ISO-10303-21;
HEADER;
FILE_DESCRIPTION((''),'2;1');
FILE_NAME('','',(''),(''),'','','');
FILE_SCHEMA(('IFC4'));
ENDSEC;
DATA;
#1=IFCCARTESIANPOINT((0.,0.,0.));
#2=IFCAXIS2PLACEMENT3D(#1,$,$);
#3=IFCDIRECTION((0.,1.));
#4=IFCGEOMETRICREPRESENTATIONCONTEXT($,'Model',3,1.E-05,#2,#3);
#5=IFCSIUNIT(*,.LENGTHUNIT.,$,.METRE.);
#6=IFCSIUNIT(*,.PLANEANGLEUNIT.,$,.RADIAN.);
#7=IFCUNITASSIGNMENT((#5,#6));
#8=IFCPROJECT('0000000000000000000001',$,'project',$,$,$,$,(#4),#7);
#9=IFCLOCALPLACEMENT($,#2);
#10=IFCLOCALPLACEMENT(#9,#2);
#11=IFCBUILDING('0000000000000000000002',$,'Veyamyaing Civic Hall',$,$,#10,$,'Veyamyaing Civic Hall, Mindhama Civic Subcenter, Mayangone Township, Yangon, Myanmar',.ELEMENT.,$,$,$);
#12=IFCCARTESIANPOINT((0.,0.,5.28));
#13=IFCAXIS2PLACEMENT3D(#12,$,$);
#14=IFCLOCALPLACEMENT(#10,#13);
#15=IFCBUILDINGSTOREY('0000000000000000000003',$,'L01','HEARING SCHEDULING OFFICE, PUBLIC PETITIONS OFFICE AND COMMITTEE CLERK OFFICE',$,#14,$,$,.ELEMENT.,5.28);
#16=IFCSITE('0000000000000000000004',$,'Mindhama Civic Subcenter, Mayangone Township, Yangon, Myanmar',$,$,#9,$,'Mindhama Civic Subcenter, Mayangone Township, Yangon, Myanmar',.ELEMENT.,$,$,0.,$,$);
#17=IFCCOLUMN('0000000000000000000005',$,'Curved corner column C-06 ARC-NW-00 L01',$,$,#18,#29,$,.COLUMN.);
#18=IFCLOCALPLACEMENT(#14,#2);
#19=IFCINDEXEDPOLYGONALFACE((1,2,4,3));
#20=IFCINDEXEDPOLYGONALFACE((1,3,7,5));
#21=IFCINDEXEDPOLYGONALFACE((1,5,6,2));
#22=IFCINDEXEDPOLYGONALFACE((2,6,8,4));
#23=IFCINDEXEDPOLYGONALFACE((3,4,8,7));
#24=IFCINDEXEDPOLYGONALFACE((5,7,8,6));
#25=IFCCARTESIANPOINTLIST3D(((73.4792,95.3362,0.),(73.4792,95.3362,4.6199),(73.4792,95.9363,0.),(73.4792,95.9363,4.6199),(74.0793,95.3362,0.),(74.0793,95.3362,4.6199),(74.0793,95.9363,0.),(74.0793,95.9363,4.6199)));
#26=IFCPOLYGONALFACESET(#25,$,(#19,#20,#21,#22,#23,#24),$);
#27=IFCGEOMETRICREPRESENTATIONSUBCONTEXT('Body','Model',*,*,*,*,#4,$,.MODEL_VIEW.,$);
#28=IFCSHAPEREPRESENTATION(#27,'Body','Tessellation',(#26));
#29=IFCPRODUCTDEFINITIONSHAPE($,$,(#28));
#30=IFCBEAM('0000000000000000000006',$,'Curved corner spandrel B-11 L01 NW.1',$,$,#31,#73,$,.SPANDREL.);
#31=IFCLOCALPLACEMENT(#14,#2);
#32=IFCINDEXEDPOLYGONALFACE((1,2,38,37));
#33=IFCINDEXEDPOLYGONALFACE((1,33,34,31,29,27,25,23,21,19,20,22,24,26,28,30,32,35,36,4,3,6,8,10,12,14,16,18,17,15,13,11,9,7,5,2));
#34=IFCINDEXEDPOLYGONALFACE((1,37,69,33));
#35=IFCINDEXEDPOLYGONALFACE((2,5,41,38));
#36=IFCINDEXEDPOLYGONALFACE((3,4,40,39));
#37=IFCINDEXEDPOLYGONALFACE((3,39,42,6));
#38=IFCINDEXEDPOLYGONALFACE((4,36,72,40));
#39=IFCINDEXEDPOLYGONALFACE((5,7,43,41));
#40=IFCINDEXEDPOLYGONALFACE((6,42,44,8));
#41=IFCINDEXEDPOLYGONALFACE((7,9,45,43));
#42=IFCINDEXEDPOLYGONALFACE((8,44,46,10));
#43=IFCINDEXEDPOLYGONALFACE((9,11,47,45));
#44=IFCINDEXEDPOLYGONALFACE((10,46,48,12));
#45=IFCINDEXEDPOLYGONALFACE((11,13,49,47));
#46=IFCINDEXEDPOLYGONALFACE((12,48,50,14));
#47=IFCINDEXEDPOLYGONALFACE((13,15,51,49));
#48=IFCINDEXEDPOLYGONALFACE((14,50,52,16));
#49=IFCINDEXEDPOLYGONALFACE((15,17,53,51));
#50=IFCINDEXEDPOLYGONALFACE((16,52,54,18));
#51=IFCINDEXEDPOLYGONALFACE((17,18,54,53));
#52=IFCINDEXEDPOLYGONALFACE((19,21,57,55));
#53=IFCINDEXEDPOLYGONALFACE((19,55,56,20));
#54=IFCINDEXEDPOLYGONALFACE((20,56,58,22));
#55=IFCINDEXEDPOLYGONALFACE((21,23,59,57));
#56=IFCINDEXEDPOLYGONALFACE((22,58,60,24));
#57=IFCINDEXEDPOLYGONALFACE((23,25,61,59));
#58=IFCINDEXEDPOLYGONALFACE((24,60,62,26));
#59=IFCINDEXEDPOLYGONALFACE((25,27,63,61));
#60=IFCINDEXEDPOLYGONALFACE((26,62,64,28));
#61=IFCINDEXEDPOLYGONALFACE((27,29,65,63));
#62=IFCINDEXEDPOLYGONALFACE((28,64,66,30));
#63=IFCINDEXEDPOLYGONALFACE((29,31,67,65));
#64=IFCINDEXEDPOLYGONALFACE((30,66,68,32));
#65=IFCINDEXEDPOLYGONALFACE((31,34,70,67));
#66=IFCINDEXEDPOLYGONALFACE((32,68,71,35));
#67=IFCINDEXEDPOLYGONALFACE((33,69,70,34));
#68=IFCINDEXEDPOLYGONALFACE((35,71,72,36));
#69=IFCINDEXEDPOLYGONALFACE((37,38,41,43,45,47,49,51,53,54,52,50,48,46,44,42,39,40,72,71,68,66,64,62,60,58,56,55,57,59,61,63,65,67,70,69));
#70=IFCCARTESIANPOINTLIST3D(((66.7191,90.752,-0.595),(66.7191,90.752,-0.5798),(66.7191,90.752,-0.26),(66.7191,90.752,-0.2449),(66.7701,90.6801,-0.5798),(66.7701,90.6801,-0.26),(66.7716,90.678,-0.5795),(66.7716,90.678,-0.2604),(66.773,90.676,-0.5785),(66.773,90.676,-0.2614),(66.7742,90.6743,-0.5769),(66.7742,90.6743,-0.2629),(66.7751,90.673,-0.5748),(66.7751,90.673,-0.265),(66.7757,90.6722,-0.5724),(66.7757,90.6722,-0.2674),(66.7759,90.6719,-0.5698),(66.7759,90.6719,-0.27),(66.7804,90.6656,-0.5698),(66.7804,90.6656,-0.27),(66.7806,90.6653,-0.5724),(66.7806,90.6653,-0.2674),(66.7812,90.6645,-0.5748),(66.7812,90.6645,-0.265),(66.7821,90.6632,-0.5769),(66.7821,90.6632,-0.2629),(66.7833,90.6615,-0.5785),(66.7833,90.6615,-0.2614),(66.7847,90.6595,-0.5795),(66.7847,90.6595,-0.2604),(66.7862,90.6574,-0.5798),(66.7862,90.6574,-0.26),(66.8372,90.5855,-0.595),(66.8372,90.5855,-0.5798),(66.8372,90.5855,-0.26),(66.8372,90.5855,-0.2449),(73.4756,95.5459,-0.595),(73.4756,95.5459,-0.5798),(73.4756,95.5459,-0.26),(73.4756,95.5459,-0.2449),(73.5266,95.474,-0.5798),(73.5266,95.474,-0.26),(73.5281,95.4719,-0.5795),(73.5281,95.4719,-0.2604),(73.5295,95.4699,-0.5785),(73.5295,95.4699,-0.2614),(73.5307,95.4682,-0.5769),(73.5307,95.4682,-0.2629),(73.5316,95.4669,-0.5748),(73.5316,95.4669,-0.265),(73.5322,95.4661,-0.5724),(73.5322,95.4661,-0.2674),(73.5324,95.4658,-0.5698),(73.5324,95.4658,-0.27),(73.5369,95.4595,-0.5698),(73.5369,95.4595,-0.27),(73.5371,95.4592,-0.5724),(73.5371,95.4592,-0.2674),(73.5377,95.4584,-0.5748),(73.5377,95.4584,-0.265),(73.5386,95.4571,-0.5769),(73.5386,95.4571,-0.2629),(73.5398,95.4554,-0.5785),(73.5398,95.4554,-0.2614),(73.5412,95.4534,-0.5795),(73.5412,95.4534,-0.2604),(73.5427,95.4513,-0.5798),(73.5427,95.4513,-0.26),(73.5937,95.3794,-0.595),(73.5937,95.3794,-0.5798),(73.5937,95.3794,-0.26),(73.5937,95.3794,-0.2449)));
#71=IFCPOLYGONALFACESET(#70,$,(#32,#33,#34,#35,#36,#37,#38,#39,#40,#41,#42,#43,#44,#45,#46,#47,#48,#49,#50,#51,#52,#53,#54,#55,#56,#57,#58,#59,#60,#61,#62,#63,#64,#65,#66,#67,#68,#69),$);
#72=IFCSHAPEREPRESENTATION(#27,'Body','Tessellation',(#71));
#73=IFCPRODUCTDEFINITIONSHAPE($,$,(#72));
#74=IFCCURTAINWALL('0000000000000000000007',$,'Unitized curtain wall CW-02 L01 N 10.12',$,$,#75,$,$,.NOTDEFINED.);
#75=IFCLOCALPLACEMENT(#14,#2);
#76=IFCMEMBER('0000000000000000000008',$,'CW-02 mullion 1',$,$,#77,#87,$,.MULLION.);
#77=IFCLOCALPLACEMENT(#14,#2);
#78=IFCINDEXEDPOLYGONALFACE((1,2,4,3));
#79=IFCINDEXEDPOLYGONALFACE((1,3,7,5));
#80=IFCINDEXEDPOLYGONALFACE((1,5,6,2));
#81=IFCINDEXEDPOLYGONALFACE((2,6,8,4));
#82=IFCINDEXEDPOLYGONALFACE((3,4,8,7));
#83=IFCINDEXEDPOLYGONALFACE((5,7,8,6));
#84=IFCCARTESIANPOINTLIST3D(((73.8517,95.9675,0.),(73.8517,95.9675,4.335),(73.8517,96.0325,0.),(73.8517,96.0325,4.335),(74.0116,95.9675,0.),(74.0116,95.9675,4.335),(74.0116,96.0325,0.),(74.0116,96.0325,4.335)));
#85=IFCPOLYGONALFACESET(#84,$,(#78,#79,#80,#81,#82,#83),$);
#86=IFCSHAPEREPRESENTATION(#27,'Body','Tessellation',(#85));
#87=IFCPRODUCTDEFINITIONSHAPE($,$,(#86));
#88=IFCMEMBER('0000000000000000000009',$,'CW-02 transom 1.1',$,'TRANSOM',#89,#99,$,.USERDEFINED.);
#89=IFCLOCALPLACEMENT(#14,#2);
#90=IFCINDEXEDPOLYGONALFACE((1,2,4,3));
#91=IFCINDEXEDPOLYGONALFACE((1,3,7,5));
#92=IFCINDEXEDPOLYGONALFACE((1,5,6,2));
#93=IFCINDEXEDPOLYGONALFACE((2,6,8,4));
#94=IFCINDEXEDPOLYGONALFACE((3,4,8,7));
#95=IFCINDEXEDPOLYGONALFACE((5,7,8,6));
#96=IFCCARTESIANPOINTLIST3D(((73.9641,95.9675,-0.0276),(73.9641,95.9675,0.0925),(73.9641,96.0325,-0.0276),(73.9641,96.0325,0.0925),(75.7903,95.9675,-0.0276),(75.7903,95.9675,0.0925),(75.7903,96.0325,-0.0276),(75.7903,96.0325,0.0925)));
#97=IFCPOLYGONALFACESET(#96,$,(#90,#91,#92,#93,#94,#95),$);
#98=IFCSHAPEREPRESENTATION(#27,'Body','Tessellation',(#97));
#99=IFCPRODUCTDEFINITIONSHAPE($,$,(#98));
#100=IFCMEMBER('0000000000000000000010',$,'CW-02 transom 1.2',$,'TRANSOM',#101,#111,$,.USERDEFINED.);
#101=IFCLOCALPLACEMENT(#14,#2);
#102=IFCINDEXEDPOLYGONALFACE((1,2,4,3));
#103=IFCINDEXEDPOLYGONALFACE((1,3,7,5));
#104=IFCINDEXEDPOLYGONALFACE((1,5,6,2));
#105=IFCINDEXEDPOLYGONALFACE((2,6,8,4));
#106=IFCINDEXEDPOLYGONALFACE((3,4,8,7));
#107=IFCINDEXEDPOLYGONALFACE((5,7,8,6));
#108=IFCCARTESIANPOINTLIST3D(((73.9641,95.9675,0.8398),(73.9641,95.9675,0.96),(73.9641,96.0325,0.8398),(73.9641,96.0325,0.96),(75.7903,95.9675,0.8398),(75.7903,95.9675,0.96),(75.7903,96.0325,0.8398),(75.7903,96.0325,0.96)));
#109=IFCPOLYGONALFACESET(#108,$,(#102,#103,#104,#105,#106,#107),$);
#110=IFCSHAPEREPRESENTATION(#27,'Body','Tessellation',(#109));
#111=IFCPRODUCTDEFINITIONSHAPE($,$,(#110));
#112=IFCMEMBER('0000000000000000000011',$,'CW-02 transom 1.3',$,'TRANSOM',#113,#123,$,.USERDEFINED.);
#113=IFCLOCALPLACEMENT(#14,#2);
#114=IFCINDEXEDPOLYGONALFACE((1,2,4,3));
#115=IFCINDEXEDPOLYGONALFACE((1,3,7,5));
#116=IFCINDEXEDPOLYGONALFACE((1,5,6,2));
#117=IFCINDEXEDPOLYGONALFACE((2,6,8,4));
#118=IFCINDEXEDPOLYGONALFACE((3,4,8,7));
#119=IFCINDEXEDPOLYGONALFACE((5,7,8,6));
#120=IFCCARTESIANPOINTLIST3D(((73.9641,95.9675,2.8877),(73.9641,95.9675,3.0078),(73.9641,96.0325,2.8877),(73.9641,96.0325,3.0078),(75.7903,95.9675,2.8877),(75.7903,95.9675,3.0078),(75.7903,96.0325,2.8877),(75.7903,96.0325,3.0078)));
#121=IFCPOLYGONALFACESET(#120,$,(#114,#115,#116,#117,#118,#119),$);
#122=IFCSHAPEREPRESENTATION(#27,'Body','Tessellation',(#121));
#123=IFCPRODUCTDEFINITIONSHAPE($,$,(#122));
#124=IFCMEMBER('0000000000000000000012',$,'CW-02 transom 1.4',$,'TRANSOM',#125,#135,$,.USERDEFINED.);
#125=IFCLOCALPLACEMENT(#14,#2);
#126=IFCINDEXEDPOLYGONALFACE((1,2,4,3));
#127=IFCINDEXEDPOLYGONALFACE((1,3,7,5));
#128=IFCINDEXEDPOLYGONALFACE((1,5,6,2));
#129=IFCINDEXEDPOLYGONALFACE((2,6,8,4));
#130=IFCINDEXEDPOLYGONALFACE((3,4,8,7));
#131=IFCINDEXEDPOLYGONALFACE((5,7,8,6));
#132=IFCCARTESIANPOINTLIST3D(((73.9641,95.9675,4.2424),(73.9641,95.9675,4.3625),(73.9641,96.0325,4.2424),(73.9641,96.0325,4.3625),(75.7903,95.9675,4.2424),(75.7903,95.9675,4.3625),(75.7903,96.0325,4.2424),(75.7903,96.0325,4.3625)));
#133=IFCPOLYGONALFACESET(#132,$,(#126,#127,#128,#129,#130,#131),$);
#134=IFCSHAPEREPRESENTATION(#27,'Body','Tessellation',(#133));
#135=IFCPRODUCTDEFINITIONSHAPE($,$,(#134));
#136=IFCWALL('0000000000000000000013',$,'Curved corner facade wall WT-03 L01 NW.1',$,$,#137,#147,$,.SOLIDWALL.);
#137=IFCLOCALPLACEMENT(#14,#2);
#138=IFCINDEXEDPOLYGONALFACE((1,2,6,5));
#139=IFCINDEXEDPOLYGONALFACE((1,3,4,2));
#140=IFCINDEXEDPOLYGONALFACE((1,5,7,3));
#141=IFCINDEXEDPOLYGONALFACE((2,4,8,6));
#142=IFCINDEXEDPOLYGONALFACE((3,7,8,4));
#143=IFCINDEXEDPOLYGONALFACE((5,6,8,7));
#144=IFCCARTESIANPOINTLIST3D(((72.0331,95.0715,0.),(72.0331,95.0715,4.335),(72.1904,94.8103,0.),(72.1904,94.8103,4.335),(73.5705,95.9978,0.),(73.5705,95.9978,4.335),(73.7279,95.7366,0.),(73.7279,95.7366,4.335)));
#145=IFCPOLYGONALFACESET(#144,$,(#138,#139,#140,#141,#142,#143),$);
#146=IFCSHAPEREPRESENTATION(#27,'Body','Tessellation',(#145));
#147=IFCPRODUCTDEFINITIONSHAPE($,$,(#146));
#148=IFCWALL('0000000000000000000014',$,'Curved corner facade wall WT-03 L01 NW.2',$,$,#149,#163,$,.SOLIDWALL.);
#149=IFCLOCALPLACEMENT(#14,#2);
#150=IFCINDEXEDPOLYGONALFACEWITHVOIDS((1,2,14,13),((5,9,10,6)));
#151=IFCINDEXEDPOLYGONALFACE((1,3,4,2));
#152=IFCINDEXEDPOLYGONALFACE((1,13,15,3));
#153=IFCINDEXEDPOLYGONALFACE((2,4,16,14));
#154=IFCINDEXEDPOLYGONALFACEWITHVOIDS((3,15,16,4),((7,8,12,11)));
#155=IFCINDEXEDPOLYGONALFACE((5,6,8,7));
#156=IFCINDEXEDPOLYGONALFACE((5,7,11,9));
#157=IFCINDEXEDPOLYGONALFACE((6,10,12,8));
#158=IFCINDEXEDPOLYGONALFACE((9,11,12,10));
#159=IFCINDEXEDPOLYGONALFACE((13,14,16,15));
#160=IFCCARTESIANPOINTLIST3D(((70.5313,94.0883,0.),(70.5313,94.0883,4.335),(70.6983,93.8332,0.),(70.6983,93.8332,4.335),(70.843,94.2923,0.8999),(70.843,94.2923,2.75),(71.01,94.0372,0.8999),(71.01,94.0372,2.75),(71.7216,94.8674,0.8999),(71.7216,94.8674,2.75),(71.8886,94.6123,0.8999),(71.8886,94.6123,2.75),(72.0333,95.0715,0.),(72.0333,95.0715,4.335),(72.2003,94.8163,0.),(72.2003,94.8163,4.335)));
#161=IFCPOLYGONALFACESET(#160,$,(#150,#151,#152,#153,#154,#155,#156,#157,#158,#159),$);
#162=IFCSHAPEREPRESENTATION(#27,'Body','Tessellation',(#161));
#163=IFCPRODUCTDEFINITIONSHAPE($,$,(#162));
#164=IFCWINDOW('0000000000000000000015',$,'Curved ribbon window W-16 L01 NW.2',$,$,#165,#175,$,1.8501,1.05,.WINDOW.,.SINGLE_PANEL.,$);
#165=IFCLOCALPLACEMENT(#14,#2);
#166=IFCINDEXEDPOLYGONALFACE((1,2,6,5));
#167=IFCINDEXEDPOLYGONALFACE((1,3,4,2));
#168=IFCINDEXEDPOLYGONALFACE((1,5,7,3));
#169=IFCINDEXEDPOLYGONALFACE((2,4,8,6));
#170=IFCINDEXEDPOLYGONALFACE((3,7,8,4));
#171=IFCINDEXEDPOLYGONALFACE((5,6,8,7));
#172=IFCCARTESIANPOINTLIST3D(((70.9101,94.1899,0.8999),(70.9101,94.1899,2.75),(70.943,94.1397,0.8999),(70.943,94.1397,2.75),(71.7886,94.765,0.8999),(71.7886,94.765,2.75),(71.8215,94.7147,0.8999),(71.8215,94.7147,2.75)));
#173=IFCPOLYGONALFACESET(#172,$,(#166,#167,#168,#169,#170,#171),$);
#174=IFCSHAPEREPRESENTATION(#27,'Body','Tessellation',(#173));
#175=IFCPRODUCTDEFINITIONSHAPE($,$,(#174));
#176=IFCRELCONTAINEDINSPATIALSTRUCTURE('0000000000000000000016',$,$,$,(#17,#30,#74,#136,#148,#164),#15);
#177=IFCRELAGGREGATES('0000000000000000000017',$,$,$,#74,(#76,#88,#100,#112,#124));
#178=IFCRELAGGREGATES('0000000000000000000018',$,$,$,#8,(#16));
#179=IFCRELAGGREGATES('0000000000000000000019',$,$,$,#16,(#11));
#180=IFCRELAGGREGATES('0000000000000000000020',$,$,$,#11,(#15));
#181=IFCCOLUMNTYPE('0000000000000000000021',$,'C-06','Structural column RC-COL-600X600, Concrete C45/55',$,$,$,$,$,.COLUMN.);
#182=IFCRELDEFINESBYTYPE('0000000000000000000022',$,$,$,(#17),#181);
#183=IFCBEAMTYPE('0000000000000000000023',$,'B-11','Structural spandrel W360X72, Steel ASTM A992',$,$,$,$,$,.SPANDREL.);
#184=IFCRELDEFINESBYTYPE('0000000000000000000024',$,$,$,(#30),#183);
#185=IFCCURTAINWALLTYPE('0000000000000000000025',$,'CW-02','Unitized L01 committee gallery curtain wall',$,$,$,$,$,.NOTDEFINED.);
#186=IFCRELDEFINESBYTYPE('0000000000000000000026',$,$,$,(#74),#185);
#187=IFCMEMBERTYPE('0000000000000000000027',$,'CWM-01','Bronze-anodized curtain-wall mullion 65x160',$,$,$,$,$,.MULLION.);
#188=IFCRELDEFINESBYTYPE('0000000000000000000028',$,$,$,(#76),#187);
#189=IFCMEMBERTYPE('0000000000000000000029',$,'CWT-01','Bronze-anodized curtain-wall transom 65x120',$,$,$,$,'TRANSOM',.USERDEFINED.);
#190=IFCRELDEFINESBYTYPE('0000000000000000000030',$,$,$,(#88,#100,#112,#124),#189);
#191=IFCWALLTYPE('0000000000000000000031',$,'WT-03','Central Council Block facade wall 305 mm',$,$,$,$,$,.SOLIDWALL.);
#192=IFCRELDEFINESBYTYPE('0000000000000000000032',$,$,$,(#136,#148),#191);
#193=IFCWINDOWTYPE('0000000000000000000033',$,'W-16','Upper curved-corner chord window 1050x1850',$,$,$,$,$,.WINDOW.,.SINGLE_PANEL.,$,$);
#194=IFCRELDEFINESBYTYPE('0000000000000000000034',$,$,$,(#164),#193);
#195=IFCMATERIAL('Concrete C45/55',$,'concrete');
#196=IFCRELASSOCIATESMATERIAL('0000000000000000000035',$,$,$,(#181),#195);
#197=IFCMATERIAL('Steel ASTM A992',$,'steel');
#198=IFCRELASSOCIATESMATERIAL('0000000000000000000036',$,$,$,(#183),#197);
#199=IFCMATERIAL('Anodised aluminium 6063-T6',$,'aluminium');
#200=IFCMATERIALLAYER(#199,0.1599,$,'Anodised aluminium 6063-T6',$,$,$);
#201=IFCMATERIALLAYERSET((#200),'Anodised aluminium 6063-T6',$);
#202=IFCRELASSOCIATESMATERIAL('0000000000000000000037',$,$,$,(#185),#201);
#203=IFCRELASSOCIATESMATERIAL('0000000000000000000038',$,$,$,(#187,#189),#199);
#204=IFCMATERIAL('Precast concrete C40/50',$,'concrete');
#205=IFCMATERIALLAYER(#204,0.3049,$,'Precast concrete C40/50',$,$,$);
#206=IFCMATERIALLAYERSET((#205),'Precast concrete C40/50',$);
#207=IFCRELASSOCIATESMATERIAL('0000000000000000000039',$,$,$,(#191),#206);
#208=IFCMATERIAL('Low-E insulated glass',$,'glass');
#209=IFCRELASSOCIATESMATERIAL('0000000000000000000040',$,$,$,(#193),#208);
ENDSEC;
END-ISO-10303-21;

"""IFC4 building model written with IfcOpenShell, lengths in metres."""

from ifc_helpers import new_model, si_unit, direction, frame, frame_2d, origin, origin_2d, place, context, subcontext, project, spatial, rectangle, i_section, extrude, material, layer, layer_set, material_profile, profile_set, type_object, element, fill, aggregate, save


model = new_model("IFC4")

# Units and contexts
model_context = context("Model", 3, precision=1e-05, world=origin(), true_north=direction((0.0, 1.0)))
body_context = subcontext(model_context, "Body", "Model", "MODEL_VIEW")
ifc_project = project(units=[si_unit("LENGTHUNIT", "METRE"), si_unit("PLANEANGLEUNIT", "RADIAN")], contexts=[model_context])

# Site, building, storey
site_placement = place(None, origin())
site = spatial("IfcSite", under=ifc_project, at=site_placement, Name="Mindhama Civic Subcenter, Mayangone Township, Yangon, Myanmar", LongName="Mindhama Civic Subcenter, Mayangone Township, Yangon, Myanmar", CompositionType="ELEMENT", RefElevation=0.0)
building_placement = place(site_placement, origin())
building = spatial("IfcBuilding", under=site, at=building_placement, Name="Veyamyaing Civic Hall", LongName="Veyamyaing Civic Hall, Mindhama Civic Subcenter, Mayangone Township, Yangon, Myanmar", CompositionType="ELEMENT")
storey_placement = place(building_placement, frame((0.0, 0.0, 5.28)))
storey = spatial("IfcBuildingStorey", under=building, at=storey_placement, Name="L01", Description="HEARING SCHEDULING OFFICE, PUBLIC PETITIONS OFFICE AND COMMITTEE CLERK OFFICE", CompositionType="ELEMENT", Elevation=5.28)

# Column
ifc_material_1 = material(Name="Concrete C45/55", Category="concrete")
ifc_material_profile_1 = material_profile(ifc_material_1, rectangle(XDim=0.6001, YDim=0.6001, at=origin_2d()), Name="RC-COL-600X600")
ifc_profile_set_1 = profile_set([ifc_material_profile_1], Name="Concrete C45/55")
column_type = type_object("IfcColumnType", Name="C-06", Description="Structural column RC-COL-600X600, Concrete C45/55", PredefinedType="COLUMN", material=ifc_profile_set_1)
column_placement = place(storey_placement, frame((73.7793, 95.6362, 0.0), z_axis=(0.0, 0.0, 1.0), x_axis=(1.0, 0.0, 0.0)))
element("IfcColumn", 1, at=column_placement, inside=storey, type_object=column_type, Name="Curved corner column C-06 ARC-NW-00 L01", PredefinedType="COLUMN", context=body_context, shape_type="SweptSolid", body=[
    extrude(rectangle(XDim=0.6001, YDim=0.6001, at=origin_2d()), origin(), (0.0, 0.0, 1.0), 4.6199),
])

# Beam
ifc_material_2 = material(Name="Steel ASTM A992", Category="steel")
ifc_material_profile_2 = material_profile(ifc_material_2, i_section(OverallWidth=0.2041, OverallDepth=0.3501, WebThickness=0.0078, FlangeThickness=0.0151, FilletRadius=0.01, at=origin_2d()), Name="W360X72")
ifc_profile_set_2 = profile_set([ifc_material_profile_2], Name="Steel ASTM A992")
beam_type = type_object("IfcBeamType", Name="B-11", Description="Structural spandrel W360X72, Steel ASTM A992", PredefinedType="SPANDREL", material=ifc_profile_set_2)
beam_placement = place(storey_placement, frame((73.5347, 95.4626, -0.4199), z_axis=(-0.815567, -0.578662, 0.0), x_axis=(0.578662, -0.815567, 0.0)))
element("IfcBeam", 2, at=beam_placement, inside=storey, type_object=beam_type, Name="Curved corner spandrel B-11 L01 NW.1", PredefinedType="SPANDREL", context=body_context, shape_type="SweptSolid", body=[
    extrude(i_section(OverallWidth=0.2041, OverallDepth=0.3501, WebThickness=0.0078, FlangeThickness=0.0151, FilletRadius=0.01, at=origin_2d()), origin(), (0.0, 0.0, 1.0), 8.2844),
])

# Curtain wall, members
ifc_material_3 = material(Name="Anodised aluminium 6063-T6", Category="aluminium")
ifc_layer_1 = layer(ifc_material_3, 0.1599, Name="Anodised aluminium 6063-T6")
ifc_layer_set_1 = layer_set([ifc_layer_1], Name="Anodised aluminium 6063-T6")
curtain_wall_type = type_object("IfcCurtainWallType", Name="CW-02", Description="Unitized L01 committee gallery curtain wall", PredefinedType="NOTDEFINED", material=ifc_layer_set_1)
curtain_wall_placement = place(storey_placement, origin())
curtain_wall = element("IfcCurtainWall", 3, at=curtain_wall_placement, inside=storey, type_object=curtain_wall_type, Name="Unitized curtain wall CW-02 L01 N 10.12", PredefinedType="NOTDEFINED")
ifc_material_profile_3 = material_profile(ifc_material_3, rectangle(XDim=0.0649, YDim=0.1599, at=origin_2d()), Name="ALU-MUL-65X160")
ifc_profile_set_3 = profile_set([ifc_material_profile_3], Name="Anodised aluminium 6063-T6")
member_type_1 = type_object("IfcMemberType", Name="CWM-01", Description="Bronze-anodized curtain-wall mullion 65x160", PredefinedType="MULLION", material=ifc_profile_set_3)
member_1_placement = place(storey_placement, frame((73.9316, 96.0, 0.0), z_axis=(0.0, 0.0, 1.0), x_axis=(0.0, 1.0, 0.0)))
member_1 = element("IfcMember", 4, at=member_1_placement, type_object=member_type_1, Name="CW-02 mullion 1", PredefinedType="MULLION", context=body_context, shape_type="SweptSolid", body=[
    extrude(rectangle(XDim=0.0649, YDim=0.1599, at=origin_2d()), origin(), (0.0, 0.0, 1.0), 4.335),
])
ifc_material_profile_4 = material_profile(ifc_material_3, rectangle(XDim=0.0649, YDim=0.1201, at=origin_2d()), Name="ALU-TRN-65X120")
ifc_profile_set_4 = profile_set([ifc_material_profile_4], Name="Anodised aluminium 6063-T6")
member_type_2 = type_object("IfcMemberType", Name="CWT-01", Description="Bronze-anodized curtain-wall transom 65x120", ElementType="TRANSOM", PredefinedType="USERDEFINED", material=ifc_profile_set_4)
member_2_placement = place(storey_placement, frame((73.9641, 96.0, 0.0325), z_axis=(1.0, 0.0, 0.0), x_axis=(0.0, 1.0, 0.0)))
member_2 = element("IfcMember", 5, at=member_2_placement, type_object=member_type_2, Name="CW-02 transom 1.1", ObjectType="TRANSOM", PredefinedType="USERDEFINED", context=body_context, shape_type="SweptSolid", body=[
    extrude(rectangle(XDim=0.0649, YDim=0.1201, at=origin_2d()), origin(), (0.0, 0.0, 1.0), 1.8262),
])
member_3_placement = place(storey_placement, frame((73.9641, 96.0, 0.8999), z_axis=(1.0, 0.0, 0.0), x_axis=(0.0, 1.0, 0.0)))
member_3 = element("IfcMember", 6, at=member_3_placement, type_object=member_type_2, Name="CW-02 transom 1.2", ObjectType="TRANSOM", PredefinedType="USERDEFINED", context=body_context, shape_type="SweptSolid", body=[
    extrude(rectangle(XDim=0.0649, YDim=0.1201, at=origin_2d()), origin(), (0.0, 0.0, 1.0), 1.8262),
])
member_4_placement = place(storey_placement, frame((73.9641, 96.0, 2.9478), z_axis=(1.0, 0.0, 0.0), x_axis=(0.0, 1.0, 0.0)))
member_4 = element("IfcMember", 7, at=member_4_placement, type_object=member_type_2, Name="CW-02 transom 1.3", ObjectType="TRANSOM", PredefinedType="USERDEFINED", context=body_context, shape_type="SweptSolid", body=[
    extrude(rectangle(XDim=0.0649, YDim=0.1201, at=origin_2d()), origin(), (0.0, 0.0, 1.0), 1.8262),
])
member_5_placement = place(storey_placement, frame((73.9641, 96.0, 4.3025), z_axis=(1.0, 0.0, 0.0), x_axis=(0.0, 1.0, 0.0)))
member_5 = element("IfcMember", 8, at=member_5_placement, type_object=member_type_2, Name="CW-02 transom 1.4", ObjectType="TRANSOM", PredefinedType="USERDEFINED", context=body_context, shape_type="SweptSolid", body=[
    extrude(rectangle(XDim=0.0649, YDim=0.1201, at=origin_2d()), origin(), (0.0, 0.0, 1.0), 1.8262),
])
aggregate(curtain_wall, [member_1, member_2, member_3, member_4, member_5])

# Wall
ifc_material_4 = material(Name="Precast concrete C40/50", Category="concrete")
ifc_layer_2 = layer(ifc_material_4, 0.3049, Name="Precast concrete C40/50")
ifc_layer_set_2 = layer_set([ifc_layer_2], Name="Precast concrete C40/50")
wall_type = type_object("IfcWallType", Name="WT-03", Description="Central Council Block facade wall 305 mm", PredefinedType="SOLIDWALL", material=ifc_layer_set_2)
wall_1_placement = place(storey_placement, frame((73.6492, 95.8672, 0.0), z_axis=(0.0, 0.0, 1.0), x_axis=(-0.856543, -0.516075, 0.0)))
element("IfcWall", 9, at=wall_1_placement, inside=storey, type_object=wall_type, Name="Curved corner facade wall WT-03 L01 NW.1", PredefinedType="SOLIDWALL", context=body_context, shape_type="SweptSolid", body=[
    extrude(rectangle(XDim=1.7949, YDim=0.3049, at=frame_2d((0.8975, 0.0))), origin(), (0.0, 0.0, 1.0), 4.335),
])

# Wall, opening, window
wall_2_placement = place(storey_placement, frame((72.1167, 94.9438, 0.0), z_axis=(0.0, 0.0, 1.0), x_axis=(-0.836687, -0.547682, 0.0)))
wall_2 = element("IfcWall", 10, at=wall_2_placement, inside=storey, type_object=wall_type, Name="Curved corner facade wall WT-03 L01 NW.2", PredefinedType="SOLIDWALL", context=body_context, shape_type="SweptSolid", body=[
    extrude(rectangle(XDim=1.7952, YDim=0.3049, at=frame_2d((0.8975, 0.0))), origin(), (0.0, 0.0, 1.0), 4.335),
])
opening_placement = place(wall_2_placement, frame((0.3726, 0.0, 0.8999)))
opening = element("IfcOpeningElement", 11, at=opening_placement, cuts=wall_2, PredefinedType="OPENING", context=body_context, shape_type="SweptSolid", body=[
    extrude(rectangle(XDim=1.05, YDim=1.8501, at=frame_2d((0.5249, 0.925))), frame((0.0, 0.1624, 0.0), z_axis=(0.0, -1.0, 0.0), x_axis=(1.0, 0.0, 0.0)), (0.0, 0.0, 1.0), 0.325),
])
ifc_material_5 = material(Name="Low-E insulated glass", Category="glass")
window_type = type_object("IfcWindowType", Name="W-16", Description="Upper curved-corner chord window 1050x1850", PartitioningType="SINGLE_PANEL", PredefinedType="WINDOW", material=ifc_material_5)
window_placement = place(opening_placement, origin())
window = element("IfcWindow", 12, at=window_placement, inside=storey, type_object=window_type, Name="Curved ribbon window W-16 L01 NW.2", OverallHeight=1.8501, OverallWidth=1.05, PartitioningType="SINGLE_PANEL", PredefinedType="WINDOW", context=body_context, shape_type="SweptSolid", body=[
    extrude(rectangle(XDim=1.05, YDim=1.8501, at=frame_2d((0.5249, 0.925))), frame((0.0, 0.03, 0.0), z_axis=(0.0, -1.0, 0.0), x_axis=(1.0, 0.0, 0.0)), (0.0, 0.0, 1.0), 0.0601),
])
fill(opening, window)

save(model, "model.ifc")
